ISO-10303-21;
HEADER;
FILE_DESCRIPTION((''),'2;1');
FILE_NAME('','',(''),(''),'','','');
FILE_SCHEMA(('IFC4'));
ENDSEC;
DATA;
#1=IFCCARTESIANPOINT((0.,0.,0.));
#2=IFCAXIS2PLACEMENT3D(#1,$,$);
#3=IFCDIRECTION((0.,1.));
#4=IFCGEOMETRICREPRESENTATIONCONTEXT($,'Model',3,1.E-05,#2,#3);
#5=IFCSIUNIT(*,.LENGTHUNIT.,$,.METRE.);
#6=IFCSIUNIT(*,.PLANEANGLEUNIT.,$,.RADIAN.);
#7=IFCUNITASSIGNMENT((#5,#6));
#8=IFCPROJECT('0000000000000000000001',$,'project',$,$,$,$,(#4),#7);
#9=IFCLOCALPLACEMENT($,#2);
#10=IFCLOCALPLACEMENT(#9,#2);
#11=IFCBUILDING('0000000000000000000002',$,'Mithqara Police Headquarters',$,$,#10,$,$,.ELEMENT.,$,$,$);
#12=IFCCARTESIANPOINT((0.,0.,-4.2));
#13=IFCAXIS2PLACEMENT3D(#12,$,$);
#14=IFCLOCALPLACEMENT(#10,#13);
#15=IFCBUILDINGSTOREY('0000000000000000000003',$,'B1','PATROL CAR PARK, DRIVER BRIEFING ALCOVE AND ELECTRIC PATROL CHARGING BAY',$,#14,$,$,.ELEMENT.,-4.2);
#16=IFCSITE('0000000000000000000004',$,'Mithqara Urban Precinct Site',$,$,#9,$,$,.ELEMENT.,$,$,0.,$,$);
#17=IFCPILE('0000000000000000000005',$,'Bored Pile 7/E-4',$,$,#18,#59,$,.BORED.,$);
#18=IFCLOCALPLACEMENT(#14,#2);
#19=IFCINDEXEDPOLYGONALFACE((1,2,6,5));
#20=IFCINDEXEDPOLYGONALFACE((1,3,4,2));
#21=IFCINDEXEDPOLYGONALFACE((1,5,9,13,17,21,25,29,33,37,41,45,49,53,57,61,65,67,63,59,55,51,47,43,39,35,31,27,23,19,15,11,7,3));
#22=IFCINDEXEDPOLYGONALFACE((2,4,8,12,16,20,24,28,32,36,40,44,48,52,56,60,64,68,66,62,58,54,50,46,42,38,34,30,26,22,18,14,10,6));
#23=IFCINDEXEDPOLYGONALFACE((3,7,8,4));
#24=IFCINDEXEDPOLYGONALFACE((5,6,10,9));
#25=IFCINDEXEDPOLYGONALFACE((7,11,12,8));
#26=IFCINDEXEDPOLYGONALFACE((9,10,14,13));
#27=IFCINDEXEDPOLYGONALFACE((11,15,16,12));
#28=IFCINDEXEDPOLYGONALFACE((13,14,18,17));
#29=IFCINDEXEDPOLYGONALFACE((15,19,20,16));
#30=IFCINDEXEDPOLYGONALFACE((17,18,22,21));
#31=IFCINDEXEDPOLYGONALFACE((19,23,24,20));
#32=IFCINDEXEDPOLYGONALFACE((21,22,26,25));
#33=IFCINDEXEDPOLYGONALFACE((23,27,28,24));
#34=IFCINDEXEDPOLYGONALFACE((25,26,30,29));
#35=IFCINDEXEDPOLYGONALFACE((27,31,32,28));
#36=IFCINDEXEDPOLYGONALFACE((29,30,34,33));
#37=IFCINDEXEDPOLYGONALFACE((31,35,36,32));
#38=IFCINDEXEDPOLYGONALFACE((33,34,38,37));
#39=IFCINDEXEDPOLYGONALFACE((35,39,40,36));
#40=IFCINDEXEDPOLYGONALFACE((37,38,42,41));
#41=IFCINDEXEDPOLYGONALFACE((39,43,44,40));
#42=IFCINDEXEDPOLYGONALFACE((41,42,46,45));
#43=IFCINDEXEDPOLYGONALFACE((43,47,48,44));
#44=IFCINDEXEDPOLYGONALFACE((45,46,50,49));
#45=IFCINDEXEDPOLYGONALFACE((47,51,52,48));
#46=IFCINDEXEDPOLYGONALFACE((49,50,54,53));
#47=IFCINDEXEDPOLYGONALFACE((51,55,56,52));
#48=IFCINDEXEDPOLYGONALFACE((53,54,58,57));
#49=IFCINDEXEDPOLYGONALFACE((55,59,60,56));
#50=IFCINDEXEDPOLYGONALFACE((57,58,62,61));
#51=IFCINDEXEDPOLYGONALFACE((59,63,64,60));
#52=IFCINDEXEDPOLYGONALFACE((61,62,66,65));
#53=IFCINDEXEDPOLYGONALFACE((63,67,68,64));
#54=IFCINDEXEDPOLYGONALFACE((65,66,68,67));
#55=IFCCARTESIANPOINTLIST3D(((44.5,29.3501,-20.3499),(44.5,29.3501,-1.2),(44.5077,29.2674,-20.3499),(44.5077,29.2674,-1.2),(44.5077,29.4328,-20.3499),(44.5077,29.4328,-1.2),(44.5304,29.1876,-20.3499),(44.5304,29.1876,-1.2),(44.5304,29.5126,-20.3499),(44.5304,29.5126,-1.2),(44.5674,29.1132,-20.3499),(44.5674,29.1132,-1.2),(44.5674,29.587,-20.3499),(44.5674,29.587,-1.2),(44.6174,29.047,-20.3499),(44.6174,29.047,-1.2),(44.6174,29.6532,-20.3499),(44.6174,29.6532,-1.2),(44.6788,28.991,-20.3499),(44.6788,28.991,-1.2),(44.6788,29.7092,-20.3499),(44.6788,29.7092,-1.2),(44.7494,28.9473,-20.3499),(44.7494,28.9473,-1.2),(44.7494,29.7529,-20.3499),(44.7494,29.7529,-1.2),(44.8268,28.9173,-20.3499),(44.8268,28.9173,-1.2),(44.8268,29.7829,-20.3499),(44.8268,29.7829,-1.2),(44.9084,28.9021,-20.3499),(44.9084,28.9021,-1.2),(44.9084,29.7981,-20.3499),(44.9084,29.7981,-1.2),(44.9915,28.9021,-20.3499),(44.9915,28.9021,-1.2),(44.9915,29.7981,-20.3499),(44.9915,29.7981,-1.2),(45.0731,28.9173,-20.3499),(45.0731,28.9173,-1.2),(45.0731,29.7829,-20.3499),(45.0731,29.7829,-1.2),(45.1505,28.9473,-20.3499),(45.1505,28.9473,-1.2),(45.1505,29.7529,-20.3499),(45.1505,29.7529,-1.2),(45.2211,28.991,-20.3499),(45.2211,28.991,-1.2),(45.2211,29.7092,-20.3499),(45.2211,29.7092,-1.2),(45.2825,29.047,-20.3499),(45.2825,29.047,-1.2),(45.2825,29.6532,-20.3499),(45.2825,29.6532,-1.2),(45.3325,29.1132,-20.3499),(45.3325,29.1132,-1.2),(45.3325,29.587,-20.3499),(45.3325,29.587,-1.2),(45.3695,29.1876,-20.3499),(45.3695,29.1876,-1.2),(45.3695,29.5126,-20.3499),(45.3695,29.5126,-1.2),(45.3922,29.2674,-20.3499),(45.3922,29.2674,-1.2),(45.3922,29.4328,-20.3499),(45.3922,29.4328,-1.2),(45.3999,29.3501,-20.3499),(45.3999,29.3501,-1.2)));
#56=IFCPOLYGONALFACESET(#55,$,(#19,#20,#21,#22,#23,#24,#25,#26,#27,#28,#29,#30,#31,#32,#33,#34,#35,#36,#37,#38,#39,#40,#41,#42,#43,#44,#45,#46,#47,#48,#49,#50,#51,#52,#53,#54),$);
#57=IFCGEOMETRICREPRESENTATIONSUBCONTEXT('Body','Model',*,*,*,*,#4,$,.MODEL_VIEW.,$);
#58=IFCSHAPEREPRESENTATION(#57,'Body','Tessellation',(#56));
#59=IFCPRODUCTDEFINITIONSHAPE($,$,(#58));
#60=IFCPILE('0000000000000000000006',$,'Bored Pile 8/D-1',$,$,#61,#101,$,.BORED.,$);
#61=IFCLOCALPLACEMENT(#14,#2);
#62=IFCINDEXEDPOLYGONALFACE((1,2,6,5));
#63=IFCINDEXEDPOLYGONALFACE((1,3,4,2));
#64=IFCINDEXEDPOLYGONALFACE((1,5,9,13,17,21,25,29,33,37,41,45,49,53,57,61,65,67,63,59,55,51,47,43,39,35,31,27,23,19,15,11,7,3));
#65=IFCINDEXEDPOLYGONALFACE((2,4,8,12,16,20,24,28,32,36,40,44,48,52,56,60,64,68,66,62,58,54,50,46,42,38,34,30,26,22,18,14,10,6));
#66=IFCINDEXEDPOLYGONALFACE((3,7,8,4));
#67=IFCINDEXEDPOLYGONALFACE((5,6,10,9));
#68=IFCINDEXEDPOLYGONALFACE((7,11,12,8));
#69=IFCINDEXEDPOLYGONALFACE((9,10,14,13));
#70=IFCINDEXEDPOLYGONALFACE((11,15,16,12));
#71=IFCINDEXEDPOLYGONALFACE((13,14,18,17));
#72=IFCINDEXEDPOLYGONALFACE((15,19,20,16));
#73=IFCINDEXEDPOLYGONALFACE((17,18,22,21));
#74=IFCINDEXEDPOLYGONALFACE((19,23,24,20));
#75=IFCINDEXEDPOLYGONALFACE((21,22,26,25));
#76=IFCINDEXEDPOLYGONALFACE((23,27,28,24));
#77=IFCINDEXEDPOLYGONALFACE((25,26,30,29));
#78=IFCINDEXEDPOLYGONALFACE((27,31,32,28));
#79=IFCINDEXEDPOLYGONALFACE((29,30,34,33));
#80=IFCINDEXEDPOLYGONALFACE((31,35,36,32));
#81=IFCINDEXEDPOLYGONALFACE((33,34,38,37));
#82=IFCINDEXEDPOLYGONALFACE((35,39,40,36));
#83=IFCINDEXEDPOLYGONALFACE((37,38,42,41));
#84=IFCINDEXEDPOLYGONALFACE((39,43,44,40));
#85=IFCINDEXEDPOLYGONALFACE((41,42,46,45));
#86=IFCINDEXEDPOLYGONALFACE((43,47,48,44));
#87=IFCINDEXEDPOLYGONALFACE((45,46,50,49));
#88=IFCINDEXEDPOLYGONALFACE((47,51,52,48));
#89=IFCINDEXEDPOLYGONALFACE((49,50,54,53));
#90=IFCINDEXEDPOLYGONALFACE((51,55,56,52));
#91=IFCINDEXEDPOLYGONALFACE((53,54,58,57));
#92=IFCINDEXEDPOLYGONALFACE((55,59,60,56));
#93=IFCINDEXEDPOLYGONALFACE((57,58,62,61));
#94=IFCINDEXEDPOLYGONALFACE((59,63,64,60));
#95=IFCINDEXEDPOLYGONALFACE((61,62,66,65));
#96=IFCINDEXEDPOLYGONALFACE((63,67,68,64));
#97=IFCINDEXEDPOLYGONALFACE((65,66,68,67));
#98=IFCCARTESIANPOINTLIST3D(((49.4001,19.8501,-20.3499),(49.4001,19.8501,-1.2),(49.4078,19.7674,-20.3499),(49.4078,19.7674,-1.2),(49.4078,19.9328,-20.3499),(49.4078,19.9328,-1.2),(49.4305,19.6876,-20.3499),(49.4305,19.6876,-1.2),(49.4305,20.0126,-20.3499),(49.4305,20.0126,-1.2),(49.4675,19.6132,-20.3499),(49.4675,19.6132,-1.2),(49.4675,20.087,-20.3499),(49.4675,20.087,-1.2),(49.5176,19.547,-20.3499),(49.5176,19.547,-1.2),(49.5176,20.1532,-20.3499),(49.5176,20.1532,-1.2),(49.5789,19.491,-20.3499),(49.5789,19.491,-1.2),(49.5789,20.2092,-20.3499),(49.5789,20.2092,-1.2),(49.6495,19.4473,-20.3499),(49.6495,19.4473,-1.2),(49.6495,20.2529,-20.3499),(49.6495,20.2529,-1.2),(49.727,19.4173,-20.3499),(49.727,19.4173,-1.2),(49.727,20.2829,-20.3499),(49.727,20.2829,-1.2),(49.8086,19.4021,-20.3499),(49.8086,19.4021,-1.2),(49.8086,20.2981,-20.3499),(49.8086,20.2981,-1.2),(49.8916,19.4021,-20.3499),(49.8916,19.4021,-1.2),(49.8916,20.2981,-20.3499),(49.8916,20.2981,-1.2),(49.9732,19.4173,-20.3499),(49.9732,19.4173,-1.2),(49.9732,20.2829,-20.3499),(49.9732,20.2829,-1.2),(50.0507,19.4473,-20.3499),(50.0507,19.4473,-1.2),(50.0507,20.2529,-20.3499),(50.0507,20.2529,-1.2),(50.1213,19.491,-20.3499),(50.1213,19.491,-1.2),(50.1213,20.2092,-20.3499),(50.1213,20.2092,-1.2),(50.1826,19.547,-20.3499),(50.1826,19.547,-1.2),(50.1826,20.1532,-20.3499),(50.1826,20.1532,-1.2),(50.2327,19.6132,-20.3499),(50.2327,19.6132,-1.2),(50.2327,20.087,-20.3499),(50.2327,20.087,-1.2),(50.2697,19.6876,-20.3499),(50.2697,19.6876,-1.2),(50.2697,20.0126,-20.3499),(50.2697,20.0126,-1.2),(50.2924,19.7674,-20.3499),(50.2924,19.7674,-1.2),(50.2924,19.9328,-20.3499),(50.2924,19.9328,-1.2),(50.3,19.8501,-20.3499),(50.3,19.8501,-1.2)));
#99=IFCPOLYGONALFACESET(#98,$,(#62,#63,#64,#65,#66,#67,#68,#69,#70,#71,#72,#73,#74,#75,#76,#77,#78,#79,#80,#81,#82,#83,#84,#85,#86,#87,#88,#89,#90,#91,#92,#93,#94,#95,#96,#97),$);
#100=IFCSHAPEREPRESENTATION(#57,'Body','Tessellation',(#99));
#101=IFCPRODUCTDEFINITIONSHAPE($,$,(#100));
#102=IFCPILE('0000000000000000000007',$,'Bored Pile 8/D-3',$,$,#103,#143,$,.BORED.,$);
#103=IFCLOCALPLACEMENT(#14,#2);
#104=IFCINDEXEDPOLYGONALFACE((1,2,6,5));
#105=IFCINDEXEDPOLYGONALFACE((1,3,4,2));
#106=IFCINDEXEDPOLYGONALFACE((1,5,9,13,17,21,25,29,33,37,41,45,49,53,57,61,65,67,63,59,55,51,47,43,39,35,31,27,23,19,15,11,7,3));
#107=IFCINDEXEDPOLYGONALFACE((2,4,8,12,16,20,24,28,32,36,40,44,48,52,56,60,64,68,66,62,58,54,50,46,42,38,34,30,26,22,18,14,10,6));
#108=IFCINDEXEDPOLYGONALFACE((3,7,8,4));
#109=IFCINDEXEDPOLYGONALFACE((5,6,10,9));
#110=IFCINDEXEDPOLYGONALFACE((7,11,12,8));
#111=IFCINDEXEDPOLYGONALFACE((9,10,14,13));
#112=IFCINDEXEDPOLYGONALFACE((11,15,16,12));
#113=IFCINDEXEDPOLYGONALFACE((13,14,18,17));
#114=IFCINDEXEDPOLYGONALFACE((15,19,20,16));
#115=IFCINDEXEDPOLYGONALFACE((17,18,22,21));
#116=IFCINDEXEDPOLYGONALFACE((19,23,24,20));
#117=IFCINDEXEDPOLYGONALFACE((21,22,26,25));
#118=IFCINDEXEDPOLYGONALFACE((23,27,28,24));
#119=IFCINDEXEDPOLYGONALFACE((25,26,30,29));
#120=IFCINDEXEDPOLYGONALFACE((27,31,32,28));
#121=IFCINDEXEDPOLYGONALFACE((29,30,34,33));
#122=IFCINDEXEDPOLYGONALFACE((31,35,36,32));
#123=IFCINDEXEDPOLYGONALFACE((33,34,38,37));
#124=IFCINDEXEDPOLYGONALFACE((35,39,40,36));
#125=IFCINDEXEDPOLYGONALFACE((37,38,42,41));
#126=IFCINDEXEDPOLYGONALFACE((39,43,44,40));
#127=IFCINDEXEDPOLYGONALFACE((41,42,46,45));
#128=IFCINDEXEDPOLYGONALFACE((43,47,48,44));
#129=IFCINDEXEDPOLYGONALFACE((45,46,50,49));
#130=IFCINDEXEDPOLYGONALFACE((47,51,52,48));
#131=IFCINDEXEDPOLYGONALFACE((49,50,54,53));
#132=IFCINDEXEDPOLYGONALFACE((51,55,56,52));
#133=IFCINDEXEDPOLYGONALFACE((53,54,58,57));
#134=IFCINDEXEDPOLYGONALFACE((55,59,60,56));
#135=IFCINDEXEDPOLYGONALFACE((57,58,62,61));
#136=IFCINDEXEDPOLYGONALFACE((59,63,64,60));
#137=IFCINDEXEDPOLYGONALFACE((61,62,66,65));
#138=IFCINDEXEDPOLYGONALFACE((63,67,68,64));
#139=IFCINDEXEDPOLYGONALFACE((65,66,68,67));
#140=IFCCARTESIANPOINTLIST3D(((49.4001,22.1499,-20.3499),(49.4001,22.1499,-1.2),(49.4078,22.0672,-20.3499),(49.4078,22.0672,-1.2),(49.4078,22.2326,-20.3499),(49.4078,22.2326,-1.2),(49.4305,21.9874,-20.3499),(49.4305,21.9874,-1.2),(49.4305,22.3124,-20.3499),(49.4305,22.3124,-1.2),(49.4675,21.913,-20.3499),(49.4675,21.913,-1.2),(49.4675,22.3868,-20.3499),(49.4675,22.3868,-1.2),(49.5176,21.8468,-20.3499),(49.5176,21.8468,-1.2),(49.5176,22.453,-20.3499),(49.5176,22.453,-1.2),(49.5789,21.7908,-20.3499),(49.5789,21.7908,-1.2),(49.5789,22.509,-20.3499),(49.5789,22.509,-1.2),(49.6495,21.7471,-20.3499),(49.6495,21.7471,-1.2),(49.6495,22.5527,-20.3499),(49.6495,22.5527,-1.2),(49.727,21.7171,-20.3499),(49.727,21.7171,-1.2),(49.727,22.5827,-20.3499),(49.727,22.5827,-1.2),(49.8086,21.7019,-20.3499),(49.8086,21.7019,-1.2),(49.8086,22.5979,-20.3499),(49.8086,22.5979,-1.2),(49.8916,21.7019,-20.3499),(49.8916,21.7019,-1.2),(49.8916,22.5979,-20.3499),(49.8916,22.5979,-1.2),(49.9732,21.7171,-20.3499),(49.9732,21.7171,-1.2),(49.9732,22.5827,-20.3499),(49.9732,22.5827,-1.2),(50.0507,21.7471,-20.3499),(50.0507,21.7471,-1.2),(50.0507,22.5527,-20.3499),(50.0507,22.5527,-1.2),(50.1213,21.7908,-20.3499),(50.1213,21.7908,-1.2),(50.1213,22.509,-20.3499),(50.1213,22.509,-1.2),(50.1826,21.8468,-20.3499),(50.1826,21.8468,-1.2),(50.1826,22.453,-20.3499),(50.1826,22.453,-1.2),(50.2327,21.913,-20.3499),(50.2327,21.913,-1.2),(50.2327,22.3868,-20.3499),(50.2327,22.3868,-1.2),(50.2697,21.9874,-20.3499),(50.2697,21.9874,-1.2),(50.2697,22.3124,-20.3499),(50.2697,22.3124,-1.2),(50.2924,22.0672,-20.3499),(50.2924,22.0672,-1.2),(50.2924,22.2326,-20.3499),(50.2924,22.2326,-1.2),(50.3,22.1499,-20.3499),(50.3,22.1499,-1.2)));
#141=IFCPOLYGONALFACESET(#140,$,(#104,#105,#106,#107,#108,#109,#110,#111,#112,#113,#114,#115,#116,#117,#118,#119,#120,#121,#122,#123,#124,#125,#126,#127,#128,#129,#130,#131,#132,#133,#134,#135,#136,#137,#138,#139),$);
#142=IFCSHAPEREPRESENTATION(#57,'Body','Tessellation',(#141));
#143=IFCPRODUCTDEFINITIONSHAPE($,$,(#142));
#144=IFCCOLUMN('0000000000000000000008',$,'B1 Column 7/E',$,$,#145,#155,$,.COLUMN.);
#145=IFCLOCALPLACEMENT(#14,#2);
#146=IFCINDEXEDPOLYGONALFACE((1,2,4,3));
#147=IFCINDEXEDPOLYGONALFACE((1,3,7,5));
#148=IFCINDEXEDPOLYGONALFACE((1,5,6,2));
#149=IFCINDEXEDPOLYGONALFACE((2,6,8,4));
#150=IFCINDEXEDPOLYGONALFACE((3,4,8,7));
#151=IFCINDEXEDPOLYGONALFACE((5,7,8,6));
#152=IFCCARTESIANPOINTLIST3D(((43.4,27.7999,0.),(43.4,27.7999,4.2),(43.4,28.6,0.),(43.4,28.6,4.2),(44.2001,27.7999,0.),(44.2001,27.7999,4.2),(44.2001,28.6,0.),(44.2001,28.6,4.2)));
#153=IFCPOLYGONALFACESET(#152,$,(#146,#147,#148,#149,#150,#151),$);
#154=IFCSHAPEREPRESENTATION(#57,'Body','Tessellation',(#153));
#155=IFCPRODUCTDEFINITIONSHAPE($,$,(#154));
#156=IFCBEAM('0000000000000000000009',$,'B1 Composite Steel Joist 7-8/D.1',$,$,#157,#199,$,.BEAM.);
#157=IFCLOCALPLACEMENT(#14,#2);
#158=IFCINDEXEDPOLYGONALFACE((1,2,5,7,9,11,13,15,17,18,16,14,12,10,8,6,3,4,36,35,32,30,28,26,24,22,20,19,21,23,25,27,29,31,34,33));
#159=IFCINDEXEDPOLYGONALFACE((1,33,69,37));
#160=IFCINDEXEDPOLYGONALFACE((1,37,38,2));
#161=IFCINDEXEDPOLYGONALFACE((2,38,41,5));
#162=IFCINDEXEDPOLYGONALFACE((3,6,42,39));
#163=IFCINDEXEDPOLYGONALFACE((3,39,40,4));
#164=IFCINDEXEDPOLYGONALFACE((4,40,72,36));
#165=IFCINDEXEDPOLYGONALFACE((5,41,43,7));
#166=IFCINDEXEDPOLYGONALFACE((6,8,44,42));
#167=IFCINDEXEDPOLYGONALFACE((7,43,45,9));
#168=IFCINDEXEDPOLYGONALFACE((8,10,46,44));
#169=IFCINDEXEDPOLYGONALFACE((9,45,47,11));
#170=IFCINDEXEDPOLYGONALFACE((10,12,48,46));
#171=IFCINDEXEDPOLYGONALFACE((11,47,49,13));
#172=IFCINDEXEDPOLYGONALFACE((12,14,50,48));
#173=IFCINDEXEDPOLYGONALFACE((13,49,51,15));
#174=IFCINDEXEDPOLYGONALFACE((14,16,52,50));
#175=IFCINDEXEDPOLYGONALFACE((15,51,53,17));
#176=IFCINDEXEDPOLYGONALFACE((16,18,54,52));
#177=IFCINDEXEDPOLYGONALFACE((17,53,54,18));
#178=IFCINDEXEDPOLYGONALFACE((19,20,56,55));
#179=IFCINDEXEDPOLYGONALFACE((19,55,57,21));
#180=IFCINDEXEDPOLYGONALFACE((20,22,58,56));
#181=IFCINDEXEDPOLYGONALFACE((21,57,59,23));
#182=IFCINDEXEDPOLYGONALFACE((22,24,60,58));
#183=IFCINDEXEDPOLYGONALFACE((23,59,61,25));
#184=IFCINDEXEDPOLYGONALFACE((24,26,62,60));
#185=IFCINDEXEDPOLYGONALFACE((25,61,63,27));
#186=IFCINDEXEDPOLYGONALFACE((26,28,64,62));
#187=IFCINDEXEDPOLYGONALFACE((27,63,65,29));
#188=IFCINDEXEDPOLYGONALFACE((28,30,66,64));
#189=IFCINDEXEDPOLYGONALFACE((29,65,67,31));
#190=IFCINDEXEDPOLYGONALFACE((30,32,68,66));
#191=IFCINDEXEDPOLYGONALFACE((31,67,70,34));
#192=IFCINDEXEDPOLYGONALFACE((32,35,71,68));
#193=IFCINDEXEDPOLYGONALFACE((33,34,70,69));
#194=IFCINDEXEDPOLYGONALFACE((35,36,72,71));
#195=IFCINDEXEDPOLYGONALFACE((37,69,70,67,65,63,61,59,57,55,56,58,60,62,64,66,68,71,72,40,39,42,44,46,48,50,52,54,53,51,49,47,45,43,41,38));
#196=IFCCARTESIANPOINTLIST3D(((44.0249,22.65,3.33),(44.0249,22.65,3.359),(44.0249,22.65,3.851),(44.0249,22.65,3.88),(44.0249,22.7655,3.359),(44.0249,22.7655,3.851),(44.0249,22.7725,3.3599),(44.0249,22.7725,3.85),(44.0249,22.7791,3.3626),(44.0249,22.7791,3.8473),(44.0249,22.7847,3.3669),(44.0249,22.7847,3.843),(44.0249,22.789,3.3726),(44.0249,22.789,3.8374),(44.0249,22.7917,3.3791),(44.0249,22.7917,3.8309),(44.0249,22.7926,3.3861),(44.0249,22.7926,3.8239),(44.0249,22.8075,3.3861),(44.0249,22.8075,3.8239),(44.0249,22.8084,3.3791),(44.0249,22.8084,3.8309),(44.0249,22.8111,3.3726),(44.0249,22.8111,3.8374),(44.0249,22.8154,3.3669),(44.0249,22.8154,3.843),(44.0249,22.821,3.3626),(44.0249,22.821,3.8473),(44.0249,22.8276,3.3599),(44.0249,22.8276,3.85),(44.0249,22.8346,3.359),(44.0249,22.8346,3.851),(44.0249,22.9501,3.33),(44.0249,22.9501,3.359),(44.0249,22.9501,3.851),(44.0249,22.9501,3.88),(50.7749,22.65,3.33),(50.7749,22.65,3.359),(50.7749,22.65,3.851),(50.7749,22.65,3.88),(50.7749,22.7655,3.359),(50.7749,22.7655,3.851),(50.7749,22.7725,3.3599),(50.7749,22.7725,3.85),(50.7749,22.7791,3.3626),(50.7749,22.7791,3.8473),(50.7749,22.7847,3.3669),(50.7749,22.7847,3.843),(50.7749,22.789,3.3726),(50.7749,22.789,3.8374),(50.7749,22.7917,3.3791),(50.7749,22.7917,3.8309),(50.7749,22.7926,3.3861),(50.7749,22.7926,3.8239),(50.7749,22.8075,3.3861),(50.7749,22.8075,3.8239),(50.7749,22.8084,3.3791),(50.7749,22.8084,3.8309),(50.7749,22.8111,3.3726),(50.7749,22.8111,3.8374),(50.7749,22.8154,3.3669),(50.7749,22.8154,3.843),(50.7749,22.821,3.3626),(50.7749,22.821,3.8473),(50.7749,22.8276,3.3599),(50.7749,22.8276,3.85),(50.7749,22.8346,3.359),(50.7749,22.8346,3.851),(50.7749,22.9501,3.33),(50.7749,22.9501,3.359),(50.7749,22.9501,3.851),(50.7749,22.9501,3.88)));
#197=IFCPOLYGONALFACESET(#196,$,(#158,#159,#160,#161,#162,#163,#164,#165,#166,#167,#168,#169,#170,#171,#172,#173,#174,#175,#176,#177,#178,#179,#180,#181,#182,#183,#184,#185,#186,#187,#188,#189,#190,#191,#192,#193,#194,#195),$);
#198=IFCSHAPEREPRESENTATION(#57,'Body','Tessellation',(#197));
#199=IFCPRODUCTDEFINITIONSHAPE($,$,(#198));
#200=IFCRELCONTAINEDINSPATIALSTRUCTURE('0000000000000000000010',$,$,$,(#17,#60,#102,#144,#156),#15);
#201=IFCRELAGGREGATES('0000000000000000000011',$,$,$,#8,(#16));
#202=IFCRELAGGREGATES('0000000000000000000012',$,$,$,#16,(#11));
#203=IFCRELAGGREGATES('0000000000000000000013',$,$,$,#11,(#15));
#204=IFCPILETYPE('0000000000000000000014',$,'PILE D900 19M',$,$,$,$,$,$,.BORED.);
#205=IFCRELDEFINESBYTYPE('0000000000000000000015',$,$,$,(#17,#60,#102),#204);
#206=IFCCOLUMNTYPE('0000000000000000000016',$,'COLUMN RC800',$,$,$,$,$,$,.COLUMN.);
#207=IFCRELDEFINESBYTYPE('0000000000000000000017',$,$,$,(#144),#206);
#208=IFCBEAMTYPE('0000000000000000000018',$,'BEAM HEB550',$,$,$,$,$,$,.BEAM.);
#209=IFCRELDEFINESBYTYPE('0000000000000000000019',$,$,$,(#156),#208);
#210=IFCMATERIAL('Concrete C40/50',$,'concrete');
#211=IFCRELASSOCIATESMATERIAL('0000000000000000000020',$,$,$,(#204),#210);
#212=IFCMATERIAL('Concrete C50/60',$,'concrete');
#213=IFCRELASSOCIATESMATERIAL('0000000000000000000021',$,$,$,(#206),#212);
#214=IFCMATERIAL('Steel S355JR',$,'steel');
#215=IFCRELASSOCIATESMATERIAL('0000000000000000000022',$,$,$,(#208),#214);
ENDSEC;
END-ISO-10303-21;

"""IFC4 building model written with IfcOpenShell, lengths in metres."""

from ifc_helpers import new_model, si_unit, direction, frame, origin, origin_2d, place, context, subcontext, project, spatial, rectangle, circle, i_section, extrude, material, material_profile, profile_set, type_object, element, save


model = new_model("IFC4")

# Units and contexts
model_context = context("Model", 3, precision=1e-05, world=origin(), true_north=direction((0.0, 1.0)))
body_context = subcontext(model_context, "Body", "Model", "MODEL_VIEW")
ifc_project = project(units=[si_unit("LENGTHUNIT", "METRE"), si_unit("PLANEANGLEUNIT", "RADIAN")], contexts=[model_context])

# Site, building, storey
site_placement = place(None, origin())
site = spatial("IfcSite", under=ifc_project, at=site_placement, Name="Mithqara Urban Precinct Site", CompositionType="ELEMENT", RefElevation=0.0)
building_placement = place(site_placement, origin())
building = spatial("IfcBuilding", under=site, at=building_placement, Name="Mithqara Police Headquarters", CompositionType="ELEMENT")
storey_placement = place(building_placement, frame((0.0, 0.0, -4.2)))
storey = spatial("IfcBuildingStorey", under=building, at=storey_placement, Name="B1", Description="PATROL CAR PARK, DRIVER BRIEFING ALCOVE AND ELECTRIC PATROL CHARGING BAY", CompositionType="ELEMENT", Elevation=-4.2)

# Shared definitions
ifc_material_1 = material(Name="Concrete C40/50", Category="concrete")

# Piles
ifc_material_profile_1 = material_profile(ifc_material_1, circle(Radius=0.45, at=origin_2d()), Name="PILE D900")
ifc_profile_set_1 = profile_set([ifc_material_profile_1], Name="Concrete C40/50")
pile_type_1 = type_object("IfcPileType", Name="PILE D900 19M", PredefinedType="BORED", material=ifc_profile_set_1)
for number, where, z_axis, x_axis, name in (
    (1, (44.95, 29.3501, -1.2), (0.0, 0.0, -1.0), (1.0, 0.0, 0.0), "Bored Pile 7/E-4"),
    (2, (49.8501, 19.8501, -1.2), (0.0, 0.0, -1.0), (1.0, 0.0, 0.0), "Bored Pile 8/D-1"),
    (3, (49.8501, 22.1499, -1.2), (0.0, 0.0, -1.0), (1.0, 0.0, 0.0), "Bored Pile 8/D-3"),
):
    element("IfcPile", number, at=place(storey_placement, frame(where, z_axis=z_axis, x_axis=x_axis)), inside=storey, type_object=pile_type_1, Name=name, PredefinedType="BORED", context=body_context, shape_type="SweptSolid", body=[
        extrude(circle(Radius=0.45, at=origin_2d()), origin(), (0.0, 0.0, 1.0), 19.1499),
    ])

# Column
ifc_material_2 = material(Name="Concrete C50/60", Category="concrete")
ifc_material_profile_2 = material_profile(ifc_material_2, rectangle(XDim=0.8, YDim=0.8, at=origin_2d()), Name="RC 800x800")
ifc_profile_set_2 = profile_set([ifc_material_profile_2], Name="Concrete C50/60")
column_type = type_object("IfcColumnType", Name="COLUMN RC800", PredefinedType="COLUMN", material=ifc_profile_set_2)
column_placement = place(storey_placement, frame((43.8, 28.2, 0.0), z_axis=(0.0, 0.0, 1.0), x_axis=(1.0, 0.0, 0.0)))
element("IfcColumn", 4, at=column_placement, inside=storey, type_object=column_type, Name="B1 Column 7/E", PredefinedType="COLUMN", context=body_context, shape_type="SweptSolid", body=[
    extrude(rectangle(XDim=0.8, YDim=0.8, at=origin_2d()), origin(), (0.0, 0.0, 1.0), 4.2),
])

# Beam
ifc_material_3 = material(Name="Steel S355JR", Category="steel")
ifc_material_profile_3 = material_profile(ifc_material_3, i_section(OverallWidth=0.3, OverallDepth=0.55, WebThickness=0.0149, FlangeThickness=0.0291, FilletRadius=0.0271, at=origin_2d()), Name="HEB 550")
ifc_profile_set_3 = profile_set([ifc_material_profile_3], Name="Steel S355JR")
beam_type_1 = type_object("IfcBeamType", Name="BEAM HEB550", PredefinedType="BEAM", material=ifc_profile_set_3)
for number, where, z_axis, x_axis, name in (
    (5, (44.0249, 22.8, 3.605), (1.0, 0.0, 0.0), (0.0, 1.0, 0.0), "B1 Composite Steel Joist 7-8/D.1"),
):
    element("IfcBeam", number, at=place(storey_placement, frame(where, z_axis=z_axis, x_axis=x_axis)), inside=storey, type_object=beam_type_1, Name=name, PredefinedType="BEAM", context=body_context, shape_type="SweptSolid", body=[
        extrude(i_section(OverallWidth=0.3, OverallDepth=0.55, WebThickness=0.0149, FlangeThickness=0.0291, FilletRadius=0.0271, at=origin_2d()), origin(), (0.0, 0.0, 1.0), 6.75),
    ])

save(model, "model.ifc")
